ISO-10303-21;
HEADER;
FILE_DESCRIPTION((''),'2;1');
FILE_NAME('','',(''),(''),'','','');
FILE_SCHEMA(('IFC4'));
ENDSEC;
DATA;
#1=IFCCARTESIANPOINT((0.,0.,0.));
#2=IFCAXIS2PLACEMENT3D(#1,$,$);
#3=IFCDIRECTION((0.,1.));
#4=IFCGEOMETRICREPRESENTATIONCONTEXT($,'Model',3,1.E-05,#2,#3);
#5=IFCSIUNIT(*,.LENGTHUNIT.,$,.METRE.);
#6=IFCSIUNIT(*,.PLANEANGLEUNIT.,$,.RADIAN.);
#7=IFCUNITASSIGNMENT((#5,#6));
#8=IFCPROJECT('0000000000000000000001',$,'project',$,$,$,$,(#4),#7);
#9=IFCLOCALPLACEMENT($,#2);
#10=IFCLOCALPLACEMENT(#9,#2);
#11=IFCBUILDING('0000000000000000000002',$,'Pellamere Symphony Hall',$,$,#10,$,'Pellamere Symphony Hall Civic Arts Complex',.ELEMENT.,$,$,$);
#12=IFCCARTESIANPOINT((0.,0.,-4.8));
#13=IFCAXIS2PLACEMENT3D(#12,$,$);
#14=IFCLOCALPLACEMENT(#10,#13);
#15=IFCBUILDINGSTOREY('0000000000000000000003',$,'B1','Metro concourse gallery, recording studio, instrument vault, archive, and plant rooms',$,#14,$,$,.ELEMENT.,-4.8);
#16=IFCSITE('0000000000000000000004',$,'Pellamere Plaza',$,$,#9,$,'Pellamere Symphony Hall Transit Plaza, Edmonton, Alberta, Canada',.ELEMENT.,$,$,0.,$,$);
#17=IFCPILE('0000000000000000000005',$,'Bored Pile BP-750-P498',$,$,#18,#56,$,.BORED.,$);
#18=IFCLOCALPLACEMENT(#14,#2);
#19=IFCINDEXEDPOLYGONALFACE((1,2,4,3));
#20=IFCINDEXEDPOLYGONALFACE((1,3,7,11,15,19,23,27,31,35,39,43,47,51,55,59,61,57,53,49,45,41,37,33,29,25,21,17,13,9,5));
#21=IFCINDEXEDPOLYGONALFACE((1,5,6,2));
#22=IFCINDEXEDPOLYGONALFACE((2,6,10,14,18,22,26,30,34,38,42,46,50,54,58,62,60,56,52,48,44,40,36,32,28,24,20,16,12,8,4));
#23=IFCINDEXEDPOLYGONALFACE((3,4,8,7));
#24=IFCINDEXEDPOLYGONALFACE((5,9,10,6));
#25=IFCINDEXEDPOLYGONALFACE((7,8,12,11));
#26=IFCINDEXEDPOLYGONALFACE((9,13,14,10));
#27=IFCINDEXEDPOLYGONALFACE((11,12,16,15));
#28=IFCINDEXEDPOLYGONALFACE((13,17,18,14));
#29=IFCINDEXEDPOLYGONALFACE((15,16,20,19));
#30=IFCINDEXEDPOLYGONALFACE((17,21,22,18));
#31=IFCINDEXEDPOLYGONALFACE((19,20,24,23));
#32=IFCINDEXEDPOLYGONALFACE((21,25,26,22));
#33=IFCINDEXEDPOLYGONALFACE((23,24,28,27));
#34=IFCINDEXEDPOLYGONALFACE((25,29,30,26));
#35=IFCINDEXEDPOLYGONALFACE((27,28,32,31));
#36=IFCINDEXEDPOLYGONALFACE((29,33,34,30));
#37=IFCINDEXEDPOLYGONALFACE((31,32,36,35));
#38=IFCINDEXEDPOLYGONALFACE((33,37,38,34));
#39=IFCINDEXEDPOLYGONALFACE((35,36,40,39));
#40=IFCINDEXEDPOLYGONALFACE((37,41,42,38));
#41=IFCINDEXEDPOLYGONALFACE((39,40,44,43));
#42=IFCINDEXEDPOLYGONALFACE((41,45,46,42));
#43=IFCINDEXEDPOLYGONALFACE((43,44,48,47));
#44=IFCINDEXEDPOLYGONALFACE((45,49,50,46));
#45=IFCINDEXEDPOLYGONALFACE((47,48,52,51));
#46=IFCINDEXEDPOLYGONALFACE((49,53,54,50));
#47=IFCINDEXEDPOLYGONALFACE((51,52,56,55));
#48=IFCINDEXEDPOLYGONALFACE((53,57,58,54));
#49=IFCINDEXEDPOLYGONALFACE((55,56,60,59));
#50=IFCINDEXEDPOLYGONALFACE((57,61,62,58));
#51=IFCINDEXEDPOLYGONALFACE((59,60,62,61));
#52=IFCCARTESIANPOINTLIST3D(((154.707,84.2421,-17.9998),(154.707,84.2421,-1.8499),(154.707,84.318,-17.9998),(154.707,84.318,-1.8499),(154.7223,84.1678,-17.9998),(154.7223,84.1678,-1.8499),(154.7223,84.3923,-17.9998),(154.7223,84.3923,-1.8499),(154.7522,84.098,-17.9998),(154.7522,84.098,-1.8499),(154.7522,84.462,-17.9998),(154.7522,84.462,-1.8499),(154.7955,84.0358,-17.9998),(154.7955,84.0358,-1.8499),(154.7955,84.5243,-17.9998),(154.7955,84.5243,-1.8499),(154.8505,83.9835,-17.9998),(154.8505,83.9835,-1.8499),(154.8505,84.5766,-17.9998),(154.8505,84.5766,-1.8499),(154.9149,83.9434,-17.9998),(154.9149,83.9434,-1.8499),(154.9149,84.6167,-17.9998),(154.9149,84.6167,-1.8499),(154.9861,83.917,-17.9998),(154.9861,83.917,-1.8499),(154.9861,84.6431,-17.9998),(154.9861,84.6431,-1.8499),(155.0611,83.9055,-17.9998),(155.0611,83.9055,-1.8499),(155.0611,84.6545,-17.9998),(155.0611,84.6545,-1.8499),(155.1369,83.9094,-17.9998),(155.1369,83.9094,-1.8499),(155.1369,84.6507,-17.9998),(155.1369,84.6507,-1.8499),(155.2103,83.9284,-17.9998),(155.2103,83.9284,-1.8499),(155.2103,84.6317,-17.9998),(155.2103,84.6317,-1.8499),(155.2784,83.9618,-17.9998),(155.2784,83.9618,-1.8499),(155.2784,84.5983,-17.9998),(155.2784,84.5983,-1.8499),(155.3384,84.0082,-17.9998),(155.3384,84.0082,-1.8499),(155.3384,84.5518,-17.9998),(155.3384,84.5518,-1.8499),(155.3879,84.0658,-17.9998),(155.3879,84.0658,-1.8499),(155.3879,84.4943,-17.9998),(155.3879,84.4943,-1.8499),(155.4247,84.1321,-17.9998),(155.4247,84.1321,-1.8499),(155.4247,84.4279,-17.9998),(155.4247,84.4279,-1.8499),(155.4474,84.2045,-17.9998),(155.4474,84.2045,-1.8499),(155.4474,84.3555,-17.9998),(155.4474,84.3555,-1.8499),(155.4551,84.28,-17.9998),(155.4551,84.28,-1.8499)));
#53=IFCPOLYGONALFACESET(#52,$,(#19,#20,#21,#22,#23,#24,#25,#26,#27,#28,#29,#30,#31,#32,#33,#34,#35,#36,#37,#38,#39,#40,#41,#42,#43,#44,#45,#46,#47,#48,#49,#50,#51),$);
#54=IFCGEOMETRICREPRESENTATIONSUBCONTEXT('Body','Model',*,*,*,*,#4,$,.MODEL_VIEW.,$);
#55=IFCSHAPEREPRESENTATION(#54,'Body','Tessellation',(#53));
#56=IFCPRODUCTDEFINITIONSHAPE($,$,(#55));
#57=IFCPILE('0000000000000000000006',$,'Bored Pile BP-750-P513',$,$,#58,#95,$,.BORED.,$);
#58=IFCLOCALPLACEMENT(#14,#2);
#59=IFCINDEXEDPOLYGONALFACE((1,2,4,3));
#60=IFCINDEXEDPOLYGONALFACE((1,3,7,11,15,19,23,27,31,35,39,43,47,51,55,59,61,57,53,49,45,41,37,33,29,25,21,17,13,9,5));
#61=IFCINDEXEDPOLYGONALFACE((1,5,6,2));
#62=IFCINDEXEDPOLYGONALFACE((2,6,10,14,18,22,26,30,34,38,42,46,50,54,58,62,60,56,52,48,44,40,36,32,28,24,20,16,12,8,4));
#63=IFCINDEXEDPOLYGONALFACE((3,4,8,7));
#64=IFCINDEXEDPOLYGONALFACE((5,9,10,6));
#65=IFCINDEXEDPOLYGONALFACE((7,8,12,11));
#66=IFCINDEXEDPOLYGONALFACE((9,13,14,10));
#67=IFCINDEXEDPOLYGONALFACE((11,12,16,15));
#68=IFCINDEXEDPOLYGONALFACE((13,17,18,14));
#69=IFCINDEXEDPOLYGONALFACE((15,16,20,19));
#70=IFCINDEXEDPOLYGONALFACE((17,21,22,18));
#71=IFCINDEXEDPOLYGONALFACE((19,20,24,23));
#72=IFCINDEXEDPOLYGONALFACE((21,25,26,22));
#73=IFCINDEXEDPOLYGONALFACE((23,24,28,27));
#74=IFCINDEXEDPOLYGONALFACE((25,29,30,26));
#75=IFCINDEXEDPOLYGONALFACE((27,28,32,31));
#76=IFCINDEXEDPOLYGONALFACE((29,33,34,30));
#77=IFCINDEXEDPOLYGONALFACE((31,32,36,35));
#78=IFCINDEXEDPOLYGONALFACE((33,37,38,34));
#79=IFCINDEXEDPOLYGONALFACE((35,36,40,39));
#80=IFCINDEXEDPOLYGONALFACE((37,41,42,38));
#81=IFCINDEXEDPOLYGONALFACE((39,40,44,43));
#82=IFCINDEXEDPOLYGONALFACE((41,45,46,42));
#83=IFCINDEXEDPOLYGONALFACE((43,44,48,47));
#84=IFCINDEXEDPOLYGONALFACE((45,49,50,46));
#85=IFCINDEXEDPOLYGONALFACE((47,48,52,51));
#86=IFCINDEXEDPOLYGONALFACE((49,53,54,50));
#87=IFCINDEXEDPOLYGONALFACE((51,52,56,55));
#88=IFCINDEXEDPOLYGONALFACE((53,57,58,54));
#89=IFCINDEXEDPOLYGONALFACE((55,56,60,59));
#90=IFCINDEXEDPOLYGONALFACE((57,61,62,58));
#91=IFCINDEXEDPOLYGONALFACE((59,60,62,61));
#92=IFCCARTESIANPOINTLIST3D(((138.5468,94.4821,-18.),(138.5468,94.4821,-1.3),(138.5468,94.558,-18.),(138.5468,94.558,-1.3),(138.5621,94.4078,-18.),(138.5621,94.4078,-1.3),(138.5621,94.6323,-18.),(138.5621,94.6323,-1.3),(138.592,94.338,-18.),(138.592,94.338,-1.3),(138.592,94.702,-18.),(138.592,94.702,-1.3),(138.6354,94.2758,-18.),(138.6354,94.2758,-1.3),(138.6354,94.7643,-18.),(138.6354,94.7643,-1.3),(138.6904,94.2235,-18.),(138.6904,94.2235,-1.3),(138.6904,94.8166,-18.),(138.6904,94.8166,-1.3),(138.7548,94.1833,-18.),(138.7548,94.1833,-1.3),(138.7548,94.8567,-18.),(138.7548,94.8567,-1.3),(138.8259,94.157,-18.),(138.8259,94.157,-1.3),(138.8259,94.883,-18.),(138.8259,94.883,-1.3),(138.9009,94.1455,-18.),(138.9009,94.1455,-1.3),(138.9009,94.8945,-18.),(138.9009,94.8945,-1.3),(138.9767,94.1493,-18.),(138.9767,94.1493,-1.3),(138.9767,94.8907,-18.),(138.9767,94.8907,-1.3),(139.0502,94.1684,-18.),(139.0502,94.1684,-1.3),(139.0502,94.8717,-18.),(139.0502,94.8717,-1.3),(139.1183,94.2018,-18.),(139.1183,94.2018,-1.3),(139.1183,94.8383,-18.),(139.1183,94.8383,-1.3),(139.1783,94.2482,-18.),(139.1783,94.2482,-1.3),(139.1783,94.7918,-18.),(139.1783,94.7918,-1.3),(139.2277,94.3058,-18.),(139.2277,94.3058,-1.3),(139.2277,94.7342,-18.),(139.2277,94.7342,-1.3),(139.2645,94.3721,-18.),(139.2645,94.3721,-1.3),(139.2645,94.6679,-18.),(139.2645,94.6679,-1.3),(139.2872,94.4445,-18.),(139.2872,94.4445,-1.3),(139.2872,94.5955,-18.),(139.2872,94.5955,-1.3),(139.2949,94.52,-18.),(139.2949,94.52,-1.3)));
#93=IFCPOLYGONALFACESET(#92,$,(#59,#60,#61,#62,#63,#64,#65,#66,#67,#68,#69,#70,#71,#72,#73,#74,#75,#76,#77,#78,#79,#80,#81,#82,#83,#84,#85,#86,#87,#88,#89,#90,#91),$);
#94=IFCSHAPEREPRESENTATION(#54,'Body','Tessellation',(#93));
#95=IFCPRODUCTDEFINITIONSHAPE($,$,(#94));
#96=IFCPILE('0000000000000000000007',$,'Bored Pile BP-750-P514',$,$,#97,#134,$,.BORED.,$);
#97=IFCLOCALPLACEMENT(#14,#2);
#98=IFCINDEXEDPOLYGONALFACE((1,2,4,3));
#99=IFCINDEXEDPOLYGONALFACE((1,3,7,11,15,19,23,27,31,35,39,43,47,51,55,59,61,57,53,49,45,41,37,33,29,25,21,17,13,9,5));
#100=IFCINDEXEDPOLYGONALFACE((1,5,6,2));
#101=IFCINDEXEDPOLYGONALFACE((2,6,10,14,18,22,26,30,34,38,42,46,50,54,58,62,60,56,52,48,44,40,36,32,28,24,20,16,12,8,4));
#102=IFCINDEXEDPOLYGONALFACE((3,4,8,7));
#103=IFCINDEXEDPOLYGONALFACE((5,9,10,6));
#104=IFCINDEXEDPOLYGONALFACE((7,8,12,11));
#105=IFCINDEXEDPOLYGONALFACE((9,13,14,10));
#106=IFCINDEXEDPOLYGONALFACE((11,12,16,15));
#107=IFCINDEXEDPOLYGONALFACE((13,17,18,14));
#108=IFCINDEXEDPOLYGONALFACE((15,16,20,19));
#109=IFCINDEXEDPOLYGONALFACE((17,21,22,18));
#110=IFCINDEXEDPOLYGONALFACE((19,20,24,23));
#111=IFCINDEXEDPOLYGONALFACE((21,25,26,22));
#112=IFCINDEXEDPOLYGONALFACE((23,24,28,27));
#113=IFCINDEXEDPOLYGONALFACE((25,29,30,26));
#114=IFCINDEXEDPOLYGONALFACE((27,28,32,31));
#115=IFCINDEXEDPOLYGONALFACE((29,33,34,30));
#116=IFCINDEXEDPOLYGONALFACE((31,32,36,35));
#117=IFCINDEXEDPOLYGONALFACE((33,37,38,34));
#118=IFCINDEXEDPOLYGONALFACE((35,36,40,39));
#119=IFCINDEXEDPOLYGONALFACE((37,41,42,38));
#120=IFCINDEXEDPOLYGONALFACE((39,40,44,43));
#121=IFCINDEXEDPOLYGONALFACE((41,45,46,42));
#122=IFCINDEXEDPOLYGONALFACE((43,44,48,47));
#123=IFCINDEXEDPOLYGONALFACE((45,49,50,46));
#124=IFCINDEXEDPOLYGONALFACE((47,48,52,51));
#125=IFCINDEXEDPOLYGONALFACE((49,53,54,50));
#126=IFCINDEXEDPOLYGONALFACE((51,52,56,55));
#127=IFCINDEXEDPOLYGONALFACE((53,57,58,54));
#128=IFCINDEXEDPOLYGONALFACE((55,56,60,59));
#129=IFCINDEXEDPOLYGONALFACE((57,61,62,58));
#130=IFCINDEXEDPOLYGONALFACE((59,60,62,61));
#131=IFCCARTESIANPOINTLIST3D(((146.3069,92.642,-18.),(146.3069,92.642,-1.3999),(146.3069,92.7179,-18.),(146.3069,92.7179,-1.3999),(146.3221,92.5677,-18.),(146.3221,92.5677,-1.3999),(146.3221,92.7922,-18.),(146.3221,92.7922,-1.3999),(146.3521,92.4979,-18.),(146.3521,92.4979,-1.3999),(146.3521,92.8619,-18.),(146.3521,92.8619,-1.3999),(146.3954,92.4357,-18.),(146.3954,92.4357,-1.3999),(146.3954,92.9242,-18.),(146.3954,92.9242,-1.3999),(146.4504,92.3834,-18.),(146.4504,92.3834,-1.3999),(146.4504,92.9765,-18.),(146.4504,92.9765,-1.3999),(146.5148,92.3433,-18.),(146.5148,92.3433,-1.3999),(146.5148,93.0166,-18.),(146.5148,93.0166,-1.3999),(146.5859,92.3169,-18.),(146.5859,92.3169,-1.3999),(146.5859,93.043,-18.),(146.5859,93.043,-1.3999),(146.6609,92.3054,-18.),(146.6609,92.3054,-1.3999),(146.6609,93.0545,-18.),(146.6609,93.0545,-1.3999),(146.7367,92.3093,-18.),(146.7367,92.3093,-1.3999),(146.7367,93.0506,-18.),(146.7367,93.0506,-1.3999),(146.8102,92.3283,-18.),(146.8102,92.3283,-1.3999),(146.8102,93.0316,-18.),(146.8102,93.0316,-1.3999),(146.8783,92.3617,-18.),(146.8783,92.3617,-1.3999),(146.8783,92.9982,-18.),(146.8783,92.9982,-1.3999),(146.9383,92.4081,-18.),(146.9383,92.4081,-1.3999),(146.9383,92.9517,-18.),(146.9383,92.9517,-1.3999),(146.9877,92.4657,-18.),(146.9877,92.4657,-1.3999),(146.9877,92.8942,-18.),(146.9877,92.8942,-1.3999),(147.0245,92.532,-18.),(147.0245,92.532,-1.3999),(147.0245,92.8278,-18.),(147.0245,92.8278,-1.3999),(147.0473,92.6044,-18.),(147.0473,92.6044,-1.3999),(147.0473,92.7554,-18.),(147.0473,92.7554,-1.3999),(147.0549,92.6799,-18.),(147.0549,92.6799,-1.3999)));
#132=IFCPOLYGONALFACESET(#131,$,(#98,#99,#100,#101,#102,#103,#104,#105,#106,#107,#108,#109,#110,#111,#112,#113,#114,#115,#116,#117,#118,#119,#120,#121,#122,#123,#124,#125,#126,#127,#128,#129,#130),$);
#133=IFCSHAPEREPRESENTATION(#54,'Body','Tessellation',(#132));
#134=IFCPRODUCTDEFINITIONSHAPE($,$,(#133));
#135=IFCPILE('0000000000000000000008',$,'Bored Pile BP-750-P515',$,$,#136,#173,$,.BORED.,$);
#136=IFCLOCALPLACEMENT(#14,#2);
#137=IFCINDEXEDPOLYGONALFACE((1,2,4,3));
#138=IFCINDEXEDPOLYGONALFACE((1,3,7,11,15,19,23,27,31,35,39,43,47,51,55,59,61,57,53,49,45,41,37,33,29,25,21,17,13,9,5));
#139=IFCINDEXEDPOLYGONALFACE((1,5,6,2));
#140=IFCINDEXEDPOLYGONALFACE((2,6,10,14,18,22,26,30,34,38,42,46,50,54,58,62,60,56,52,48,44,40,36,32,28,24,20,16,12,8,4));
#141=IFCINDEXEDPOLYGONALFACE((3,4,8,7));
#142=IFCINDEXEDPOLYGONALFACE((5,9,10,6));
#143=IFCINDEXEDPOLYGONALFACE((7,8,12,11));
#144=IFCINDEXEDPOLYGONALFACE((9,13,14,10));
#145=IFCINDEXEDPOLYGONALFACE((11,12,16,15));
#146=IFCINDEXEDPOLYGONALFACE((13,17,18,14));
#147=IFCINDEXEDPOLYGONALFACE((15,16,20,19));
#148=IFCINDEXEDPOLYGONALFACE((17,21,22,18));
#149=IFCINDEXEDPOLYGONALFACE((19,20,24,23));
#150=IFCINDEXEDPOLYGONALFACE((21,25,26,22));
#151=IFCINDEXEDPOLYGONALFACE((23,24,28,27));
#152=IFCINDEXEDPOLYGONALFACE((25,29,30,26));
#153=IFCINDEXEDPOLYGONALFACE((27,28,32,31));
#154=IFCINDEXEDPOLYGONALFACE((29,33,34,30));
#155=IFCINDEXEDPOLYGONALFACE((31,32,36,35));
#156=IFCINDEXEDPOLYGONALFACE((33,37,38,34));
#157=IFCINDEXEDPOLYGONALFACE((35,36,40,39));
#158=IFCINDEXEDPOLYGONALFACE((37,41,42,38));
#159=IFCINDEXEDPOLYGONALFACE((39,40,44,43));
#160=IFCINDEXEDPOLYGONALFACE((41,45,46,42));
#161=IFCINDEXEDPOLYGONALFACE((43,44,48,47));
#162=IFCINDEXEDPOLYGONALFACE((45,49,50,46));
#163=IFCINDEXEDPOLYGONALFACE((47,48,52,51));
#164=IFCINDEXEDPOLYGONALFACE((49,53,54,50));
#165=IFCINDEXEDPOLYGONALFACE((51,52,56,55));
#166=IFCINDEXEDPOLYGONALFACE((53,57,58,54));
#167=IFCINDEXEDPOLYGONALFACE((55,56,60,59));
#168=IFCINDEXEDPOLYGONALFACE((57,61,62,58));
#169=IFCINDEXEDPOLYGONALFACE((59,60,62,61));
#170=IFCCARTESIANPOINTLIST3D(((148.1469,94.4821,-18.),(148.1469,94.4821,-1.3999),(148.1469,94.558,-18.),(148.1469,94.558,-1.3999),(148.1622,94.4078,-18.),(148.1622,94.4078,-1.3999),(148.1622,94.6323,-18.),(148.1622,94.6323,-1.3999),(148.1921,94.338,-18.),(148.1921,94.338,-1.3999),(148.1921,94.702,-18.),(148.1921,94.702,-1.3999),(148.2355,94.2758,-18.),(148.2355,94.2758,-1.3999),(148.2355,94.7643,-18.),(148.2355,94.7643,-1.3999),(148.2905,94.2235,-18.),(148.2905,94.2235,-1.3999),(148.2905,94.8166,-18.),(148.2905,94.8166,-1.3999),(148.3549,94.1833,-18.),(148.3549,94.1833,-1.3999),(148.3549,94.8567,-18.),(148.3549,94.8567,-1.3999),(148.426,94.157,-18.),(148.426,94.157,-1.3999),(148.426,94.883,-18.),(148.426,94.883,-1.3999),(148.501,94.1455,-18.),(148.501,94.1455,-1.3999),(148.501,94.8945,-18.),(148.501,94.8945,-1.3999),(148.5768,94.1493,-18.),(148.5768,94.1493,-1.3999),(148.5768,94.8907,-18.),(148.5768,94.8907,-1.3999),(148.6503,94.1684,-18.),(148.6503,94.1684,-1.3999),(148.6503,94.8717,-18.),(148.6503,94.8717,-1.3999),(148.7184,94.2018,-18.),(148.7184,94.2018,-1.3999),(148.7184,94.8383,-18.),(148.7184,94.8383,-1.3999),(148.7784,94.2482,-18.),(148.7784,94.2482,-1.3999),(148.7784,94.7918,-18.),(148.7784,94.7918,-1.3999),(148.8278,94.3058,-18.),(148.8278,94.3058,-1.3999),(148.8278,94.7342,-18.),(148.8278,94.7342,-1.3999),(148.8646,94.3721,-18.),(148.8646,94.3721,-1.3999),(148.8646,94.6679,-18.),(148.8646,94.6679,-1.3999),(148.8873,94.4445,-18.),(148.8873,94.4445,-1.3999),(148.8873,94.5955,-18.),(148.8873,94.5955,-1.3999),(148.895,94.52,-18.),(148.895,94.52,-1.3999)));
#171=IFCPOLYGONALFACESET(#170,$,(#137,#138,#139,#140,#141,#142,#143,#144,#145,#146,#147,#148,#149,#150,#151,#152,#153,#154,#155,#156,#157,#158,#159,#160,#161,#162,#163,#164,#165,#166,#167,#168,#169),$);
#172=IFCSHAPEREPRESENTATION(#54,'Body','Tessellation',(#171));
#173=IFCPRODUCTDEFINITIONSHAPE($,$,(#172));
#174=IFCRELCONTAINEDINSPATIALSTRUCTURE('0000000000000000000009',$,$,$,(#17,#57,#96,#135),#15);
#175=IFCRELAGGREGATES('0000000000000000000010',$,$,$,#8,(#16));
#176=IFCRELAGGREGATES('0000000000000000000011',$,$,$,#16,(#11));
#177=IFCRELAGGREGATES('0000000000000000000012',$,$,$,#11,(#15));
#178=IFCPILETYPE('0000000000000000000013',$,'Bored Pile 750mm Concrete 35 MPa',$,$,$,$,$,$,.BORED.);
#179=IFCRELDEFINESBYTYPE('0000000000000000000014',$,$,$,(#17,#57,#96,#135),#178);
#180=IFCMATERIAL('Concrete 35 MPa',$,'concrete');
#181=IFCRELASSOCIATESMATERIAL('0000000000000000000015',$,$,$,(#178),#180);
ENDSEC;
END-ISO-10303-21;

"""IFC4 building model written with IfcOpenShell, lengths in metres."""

from ifc_helpers import new_model, si_unit, direction, frame, origin, origin_2d, place, context, subcontext, project, spatial, circle, extrude, material, material_profile, profile_set, type_object, element, save


model = new_model("IFC4")

# Units and contexts
model_context = context("Model", 3, precision=1e-05, world=origin(), true_north=direction((0.0, 1.0)))
body_context = subcontext(model_context, "Body", "Model", "MODEL_VIEW")
ifc_project = project(units=[si_unit("LENGTHUNIT", "METRE"), si_unit("PLANEANGLEUNIT", "RADIAN")], contexts=[model_context])

# Site, building, storey
site_placement = place(None, origin())
site = spatial("IfcSite", under=ifc_project, at=site_placement, Name="Pellamere Plaza", LongName="Pellamere Symphony Hall Transit Plaza, Edmonton, Alberta, Canada", CompositionType="ELEMENT", RefElevation=0.0)
building_placement = place(site_placement, origin())
building = spatial("IfcBuilding", under=site, at=building_placement, Name="Pellamere Symphony Hall", LongName="Pellamere Symphony Hall Civic Arts Complex", CompositionType="ELEMENT")
storey_placement = place(building_placement, frame((0.0, 0.0, -4.8)))
storey = spatial("IfcBuildingStorey", under=building, at=storey_placement, Name="B1", Description="Metro concourse gallery, recording studio, instrument vault, archive, and plant rooms", CompositionType="ELEMENT", Elevation=-4.8)

# Piles
ifc_material_1 = material(Name="Concrete 35 MPa", Category="concrete")
ifc_material_profile_1 = material_profile(ifc_material_1, circle(Radius=0.375, at=origin_2d()), Name="PILE D750")
ifc_profile_set_1 = profile_set([ifc_material_profile_1], Name="Concrete 35 MPa")
pile_type = type_object("IfcPileType", Name="Bored Pile 750mm Concrete 35 MPa", PredefinedType="BORED", material=ifc_profile_set_1)
pile_1_placement = place(storey_placement, frame((155.0801, 84.28, -1.8499), z_axis=(0.0, 0.0, -1.0), x_axis=(1.0, 0.0, 0.0)))
element("IfcPile", 1, at=pile_1_placement, inside=storey, type_object=pile_type, Name="Bored Pile BP-750-P498", PredefinedType="BORED", context=body_context, shape_type="SweptSolid", body=[
    extrude(circle(Radius=0.375, at=origin_2d()), origin(), (0.0, 0.0, 1.0), 16.1499),
])
pile_2_placement = place(storey_placement, frame((138.9199, 94.52, -1.3), z_axis=(0.0, 0.0, -1.0), x_axis=(1.0, 0.0, 0.0)))
element("IfcPile", 2, at=pile_2_placement, inside=storey, type_object=pile_type, Name="Bored Pile BP-750-P513", PredefinedType="BORED", context=body_context, shape_type="SweptSolid", body=[
    extrude(circle(Radius=0.375, at=origin_2d()), origin(), (0.0, 0.0, 1.0), 16.7),
])
for number, where, z_axis, x_axis, name in (
    (3, (146.6799, 92.6799, -1.3999), (0.0, 0.0, -1.0), (1.0, 0.0, 0.0), "Bored Pile BP-750-P514"),
    (4, (148.52, 94.52, -1.3999), (0.0, 0.0, -1.0), (1.0, 0.0, 0.0), "Bored Pile BP-750-P515"),
):
    element("IfcPile", number, at=place(storey_placement, frame(where, z_axis=z_axis, x_axis=x_axis)), inside=storey, type_object=pile_type, Name=name, PredefinedType="BORED", context=body_context, shape_type="SweptSolid", body=[
        extrude(circle(Radius=0.375, at=origin_2d()), origin(), (0.0, 0.0, 1.0), 16.6001),
    ])

save(model, "model.ifc")
